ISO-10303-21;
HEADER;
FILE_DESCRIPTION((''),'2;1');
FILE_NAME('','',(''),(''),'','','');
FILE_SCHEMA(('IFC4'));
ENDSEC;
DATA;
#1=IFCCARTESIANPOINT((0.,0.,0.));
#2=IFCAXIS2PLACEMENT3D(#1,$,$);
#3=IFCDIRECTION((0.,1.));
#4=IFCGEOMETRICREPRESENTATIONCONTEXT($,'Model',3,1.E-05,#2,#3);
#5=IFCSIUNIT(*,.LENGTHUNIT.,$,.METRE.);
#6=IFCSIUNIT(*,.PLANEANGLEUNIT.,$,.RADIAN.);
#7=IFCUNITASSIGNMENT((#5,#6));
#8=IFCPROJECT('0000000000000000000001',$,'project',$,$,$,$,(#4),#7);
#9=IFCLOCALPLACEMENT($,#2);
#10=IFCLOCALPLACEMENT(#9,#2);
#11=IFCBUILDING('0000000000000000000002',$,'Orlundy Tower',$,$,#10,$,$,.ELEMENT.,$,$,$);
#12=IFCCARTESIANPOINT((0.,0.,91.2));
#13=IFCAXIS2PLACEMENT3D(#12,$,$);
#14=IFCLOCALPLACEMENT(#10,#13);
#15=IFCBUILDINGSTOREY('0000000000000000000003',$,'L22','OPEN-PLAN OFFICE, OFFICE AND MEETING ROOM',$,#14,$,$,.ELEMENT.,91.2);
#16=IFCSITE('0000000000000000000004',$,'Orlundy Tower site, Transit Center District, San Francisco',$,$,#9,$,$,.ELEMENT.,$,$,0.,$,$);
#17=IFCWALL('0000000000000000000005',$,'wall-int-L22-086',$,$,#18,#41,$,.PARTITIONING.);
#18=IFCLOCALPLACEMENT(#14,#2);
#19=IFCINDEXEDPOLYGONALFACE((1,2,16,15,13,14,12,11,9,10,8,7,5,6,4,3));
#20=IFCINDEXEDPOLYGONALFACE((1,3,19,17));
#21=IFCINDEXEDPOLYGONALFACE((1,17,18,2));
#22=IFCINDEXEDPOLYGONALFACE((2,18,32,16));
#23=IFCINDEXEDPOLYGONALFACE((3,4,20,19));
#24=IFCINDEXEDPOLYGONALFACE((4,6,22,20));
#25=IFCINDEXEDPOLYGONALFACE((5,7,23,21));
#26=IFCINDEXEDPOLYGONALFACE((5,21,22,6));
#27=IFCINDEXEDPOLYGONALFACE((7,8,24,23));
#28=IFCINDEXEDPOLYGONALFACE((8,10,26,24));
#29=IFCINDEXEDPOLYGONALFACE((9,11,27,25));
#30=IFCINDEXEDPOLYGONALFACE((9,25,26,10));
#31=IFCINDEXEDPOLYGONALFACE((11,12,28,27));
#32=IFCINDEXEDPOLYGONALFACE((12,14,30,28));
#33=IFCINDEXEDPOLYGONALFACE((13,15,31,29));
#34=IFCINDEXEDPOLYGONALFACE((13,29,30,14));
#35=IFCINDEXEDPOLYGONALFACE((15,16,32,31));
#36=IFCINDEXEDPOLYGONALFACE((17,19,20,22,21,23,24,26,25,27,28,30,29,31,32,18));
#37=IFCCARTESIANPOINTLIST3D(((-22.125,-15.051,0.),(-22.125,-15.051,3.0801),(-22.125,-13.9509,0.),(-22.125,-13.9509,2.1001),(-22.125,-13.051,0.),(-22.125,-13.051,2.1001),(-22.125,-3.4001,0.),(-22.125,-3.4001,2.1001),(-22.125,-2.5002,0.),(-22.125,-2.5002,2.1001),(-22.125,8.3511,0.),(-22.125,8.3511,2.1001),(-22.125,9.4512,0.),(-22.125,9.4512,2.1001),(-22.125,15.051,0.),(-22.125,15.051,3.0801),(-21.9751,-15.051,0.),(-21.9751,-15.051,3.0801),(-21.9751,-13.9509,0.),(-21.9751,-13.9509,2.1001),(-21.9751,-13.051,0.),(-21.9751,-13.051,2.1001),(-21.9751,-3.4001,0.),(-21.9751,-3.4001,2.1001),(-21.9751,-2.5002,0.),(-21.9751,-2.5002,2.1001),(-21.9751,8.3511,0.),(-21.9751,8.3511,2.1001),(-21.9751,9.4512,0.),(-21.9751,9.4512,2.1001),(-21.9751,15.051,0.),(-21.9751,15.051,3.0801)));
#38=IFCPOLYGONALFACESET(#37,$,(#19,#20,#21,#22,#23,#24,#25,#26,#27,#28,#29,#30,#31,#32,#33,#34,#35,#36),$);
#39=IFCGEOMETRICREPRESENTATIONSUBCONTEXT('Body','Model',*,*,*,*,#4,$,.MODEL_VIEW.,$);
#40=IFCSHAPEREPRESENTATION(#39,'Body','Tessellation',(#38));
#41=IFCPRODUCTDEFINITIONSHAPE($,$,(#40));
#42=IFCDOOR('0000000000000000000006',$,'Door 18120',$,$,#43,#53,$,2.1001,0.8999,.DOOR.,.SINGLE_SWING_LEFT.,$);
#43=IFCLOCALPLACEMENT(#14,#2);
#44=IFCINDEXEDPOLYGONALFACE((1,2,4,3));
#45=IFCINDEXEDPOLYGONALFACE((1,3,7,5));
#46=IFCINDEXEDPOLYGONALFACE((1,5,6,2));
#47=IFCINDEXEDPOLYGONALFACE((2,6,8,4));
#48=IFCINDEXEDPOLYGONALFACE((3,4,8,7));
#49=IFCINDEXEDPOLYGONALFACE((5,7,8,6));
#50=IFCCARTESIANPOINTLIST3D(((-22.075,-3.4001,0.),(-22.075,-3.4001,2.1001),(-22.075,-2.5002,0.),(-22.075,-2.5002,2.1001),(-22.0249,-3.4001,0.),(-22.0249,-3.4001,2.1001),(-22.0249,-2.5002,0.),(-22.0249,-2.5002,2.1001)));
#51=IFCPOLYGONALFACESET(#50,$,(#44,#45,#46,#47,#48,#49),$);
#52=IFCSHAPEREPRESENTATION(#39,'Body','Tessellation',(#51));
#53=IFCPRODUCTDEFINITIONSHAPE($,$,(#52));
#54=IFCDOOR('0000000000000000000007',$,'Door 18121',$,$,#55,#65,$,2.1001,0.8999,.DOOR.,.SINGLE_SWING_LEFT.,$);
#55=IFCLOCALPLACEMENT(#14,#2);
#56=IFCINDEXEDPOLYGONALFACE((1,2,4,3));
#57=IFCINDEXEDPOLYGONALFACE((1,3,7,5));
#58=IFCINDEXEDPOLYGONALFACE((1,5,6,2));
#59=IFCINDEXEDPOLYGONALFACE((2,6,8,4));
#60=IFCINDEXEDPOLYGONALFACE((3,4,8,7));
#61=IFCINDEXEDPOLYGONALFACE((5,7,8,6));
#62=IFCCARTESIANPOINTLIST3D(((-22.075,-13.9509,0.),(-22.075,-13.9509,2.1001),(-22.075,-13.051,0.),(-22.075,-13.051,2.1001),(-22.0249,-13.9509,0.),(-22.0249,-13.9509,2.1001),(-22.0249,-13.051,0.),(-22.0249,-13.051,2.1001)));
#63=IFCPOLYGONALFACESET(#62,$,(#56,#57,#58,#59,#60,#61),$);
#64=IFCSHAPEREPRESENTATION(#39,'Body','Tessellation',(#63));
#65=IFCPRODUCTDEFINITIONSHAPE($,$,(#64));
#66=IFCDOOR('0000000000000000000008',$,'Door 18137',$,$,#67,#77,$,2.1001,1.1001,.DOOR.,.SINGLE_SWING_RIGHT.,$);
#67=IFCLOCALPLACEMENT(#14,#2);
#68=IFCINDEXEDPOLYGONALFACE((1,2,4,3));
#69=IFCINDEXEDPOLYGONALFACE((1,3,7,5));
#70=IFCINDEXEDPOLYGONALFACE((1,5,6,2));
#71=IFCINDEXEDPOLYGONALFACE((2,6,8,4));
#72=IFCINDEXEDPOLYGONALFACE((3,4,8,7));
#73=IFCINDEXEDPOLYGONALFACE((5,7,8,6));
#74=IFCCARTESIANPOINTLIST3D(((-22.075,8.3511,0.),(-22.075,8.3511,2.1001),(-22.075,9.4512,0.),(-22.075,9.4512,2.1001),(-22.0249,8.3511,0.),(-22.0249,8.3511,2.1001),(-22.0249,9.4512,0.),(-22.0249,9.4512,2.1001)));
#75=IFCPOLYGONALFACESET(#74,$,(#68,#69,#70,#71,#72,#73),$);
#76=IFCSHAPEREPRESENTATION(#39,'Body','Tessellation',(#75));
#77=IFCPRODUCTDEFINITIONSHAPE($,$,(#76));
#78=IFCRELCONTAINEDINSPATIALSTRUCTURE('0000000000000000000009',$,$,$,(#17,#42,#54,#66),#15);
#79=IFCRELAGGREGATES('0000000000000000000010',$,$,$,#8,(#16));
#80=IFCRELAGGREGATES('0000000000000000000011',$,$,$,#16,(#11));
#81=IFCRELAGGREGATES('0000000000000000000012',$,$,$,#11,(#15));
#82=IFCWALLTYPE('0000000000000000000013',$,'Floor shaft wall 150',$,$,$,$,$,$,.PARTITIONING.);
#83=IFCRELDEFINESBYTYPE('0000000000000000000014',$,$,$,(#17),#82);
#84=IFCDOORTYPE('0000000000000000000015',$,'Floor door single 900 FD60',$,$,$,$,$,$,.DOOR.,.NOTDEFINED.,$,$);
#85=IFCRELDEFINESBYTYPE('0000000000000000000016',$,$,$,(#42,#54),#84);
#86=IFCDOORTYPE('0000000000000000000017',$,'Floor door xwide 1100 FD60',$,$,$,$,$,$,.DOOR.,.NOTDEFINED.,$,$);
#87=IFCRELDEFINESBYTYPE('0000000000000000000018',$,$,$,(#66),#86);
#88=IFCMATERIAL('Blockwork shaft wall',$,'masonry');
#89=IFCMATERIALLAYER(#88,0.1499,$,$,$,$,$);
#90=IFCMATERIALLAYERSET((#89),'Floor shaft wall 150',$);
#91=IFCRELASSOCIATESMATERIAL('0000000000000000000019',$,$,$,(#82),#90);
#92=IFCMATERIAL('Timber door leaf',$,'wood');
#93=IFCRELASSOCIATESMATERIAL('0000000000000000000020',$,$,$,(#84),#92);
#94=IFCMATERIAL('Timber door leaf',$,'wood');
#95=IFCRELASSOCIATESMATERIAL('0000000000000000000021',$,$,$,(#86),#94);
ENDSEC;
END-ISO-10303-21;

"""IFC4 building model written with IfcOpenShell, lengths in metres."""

from ifc_helpers import new_model, si_unit, direction, frame, frame_2d, origin, place, context, subcontext, project, spatial, rectangle, extrude, material, layer, layer_set, type_object, element, fill, save


model = new_model("IFC4")

# Units and contexts
model_context = context("Model", 3, precision=1e-05, world=origin(), true_north=direction((0.0, 1.0)))
body_context = subcontext(model_context, "Body", "Model", "MODEL_VIEW")
ifc_project = project(units=[si_unit("LENGTHUNIT", "METRE"), si_unit("PLANEANGLEUNIT", "RADIAN")], contexts=[model_context])

# Site, building, storey
site_placement = place(None, origin())
site = spatial("IfcSite", under=ifc_project, at=site_placement, Name="Orlundy Tower site, Transit Center District, San Francisco", CompositionType="ELEMENT", RefElevation=0.0)
building_placement = place(site_placement, origin())
building = spatial("IfcBuilding", under=site, at=building_placement, Name="Orlundy Tower", CompositionType="ELEMENT")
storey_placement = place(building_placement, frame((0.0, 0.0, 91.2)))
storey = spatial("IfcBuildingStorey", under=building, at=storey_placement, Name="L22", Description="OPEN-PLAN OFFICE, OFFICE AND MEETING ROOM", CompositionType="ELEMENT", Elevation=91.2)

# Shared definitions
ifc_material_1 = material(Name="Blockwork shaft wall", Category="masonry")
ifc_layer_1 = layer(ifc_material_1, 0.1499)
ifc_layer_set_1 = layer_set([ifc_layer_1], Name="Floor shaft wall 150")
wall_type_1 = type_object("IfcWallType", Name="Floor shaft wall 150", PredefinedType="PARTITIONING", material=ifc_layer_set_1)

# Wall, openings, doors
wall_1_placement = place(storey_placement, frame((-22.05, -15.051, 0.0), z_axis=(0.0, 0.0, 1.0), x_axis=(0.0, 1.0, 0.0)))
wall_1 = element("IfcWall", 1, at=wall_1_placement, inside=storey, type_object=wall_type_1, Name="wall-int-L22-086", PredefinedType="PARTITIONING", context=body_context, shape_type="SweptSolid", body=[
    extrude(rectangle(XDim=30.1021, YDim=0.1499, at=frame_2d((15.051, 0.0))), origin(), (0.0, 0.0, 1.0), 3.0801),
])
opening_1_placement = place(wall_1_placement, frame((11.6509, 0.0, 0.0)))
opening_1 = element("IfcOpeningElement", 2, at=opening_1_placement, cuts=wall_1, PredefinedType="OPENING", context=body_context, shape_type="SweptSolid", body=[
    extrude(rectangle(XDim=0.8999, YDim=2.1001, at=frame_2d((0.45, 1.05))), frame((0.0, 0.085, 0.0), z_axis=(0.0, -1.0, 0.0), x_axis=(1.0, 0.0, 0.0)), (0.0, 0.0, 1.0), 0.1699),
])
opening_2_placement = place(wall_1_placement, frame((1.1001, 0.0, 0.0)))
opening_2 = element("IfcOpeningElement", 3, at=opening_2_placement, cuts=wall_1, PredefinedType="OPENING", context=body_context, shape_type="SweptSolid", body=[
    extrude(rectangle(XDim=0.8999, YDim=2.1001, at=frame_2d((0.45, 1.05))), frame((0.0, 0.085, 0.0), z_axis=(0.0, -1.0, 0.0), x_axis=(1.0, 0.0, 0.0)), (0.0, 0.0, 1.0), 0.1699),
])
opening_3_placement = place(wall_1_placement, frame((23.4021, 0.0, 0.0)))
opening_3 = element("IfcOpeningElement", 4, at=opening_3_placement, cuts=wall_1, PredefinedType="OPENING", context=body_context, shape_type="SweptSolid", body=[
    extrude(rectangle(XDim=1.1001, YDim=2.1001, at=frame_2d((0.55, 1.05))), frame((0.0, 0.085, 0.0), z_axis=(0.0, -1.0, 0.0), x_axis=(1.0, 0.0, 0.0)), (0.0, 0.0, 1.0), 0.1699),
])
ifc_material_2 = material(Name="Timber door leaf", Category="wood")
door_type_1 = type_object("IfcDoorType", Name="Floor door single 900 FD60", OperationType="NOTDEFINED", PredefinedType="DOOR", material=ifc_material_2)
door_1_placement = place(opening_1_placement, origin())
door_1 = element("IfcDoor", 5, at=door_1_placement, inside=storey, type_object=door_type_1, Name="Door 18120", OperationType="SINGLE_SWING_LEFT", OverallHeight=2.1001, OverallWidth=0.8999, PredefinedType="DOOR", context=body_context, shape_type="SweptSolid", body=[
    extrude(rectangle(XDim=0.8999, YDim=2.1001, at=frame_2d((0.45, 1.05))), frame((0.0, 0.0249, 0.0), z_axis=(0.0, -1.0, 0.0), x_axis=(1.0, 0.0, 0.0)), (0.0, 0.0, 1.0), 0.05),
])
fill(opening_1, door_1)
door_2_placement = place(opening_2_placement, origin())
door_2 = element("IfcDoor", 6, at=door_2_placement, inside=storey, type_object=door_type_1, Name="Door 18121", OperationType="SINGLE_SWING_LEFT", OverallHeight=2.1001, OverallWidth=0.8999, PredefinedType="DOOR", context=body_context, shape_type="SweptSolid", body=[
    extrude(rectangle(XDim=0.8999, YDim=2.1001, at=frame_2d((0.45, 1.05))), frame((0.0, 0.0249, 0.0), z_axis=(0.0, -1.0, 0.0), x_axis=(1.0, 0.0, 0.0)), (0.0, 0.0, 1.0), 0.05),
])
fill(opening_2, door_2)
ifc_material_3 = material(Name="Timber door leaf", Category="wood")
door_type_2 = type_object("IfcDoorType", Name="Floor door xwide 1100 FD60", OperationType="NOTDEFINED", PredefinedType="DOOR", material=ifc_material_3)
door_3_placement = place(opening_3_placement, origin())
door_3 = element("IfcDoor", 7, at=door_3_placement, inside=storey, type_object=door_type_2, Name="Door 18137", OperationType="SINGLE_SWING_RIGHT", OverallHeight=2.1001, OverallWidth=1.1001, PredefinedType="DOOR", context=body_context, shape_type="SweptSolid", body=[
    extrude(rectangle(XDim=1.1001, YDim=2.1001, at=frame_2d((0.55, 1.05))), frame((0.0, 0.0249, 0.0), z_axis=(0.0, -1.0, 0.0), x_axis=(1.0, 0.0, 0.0)), (0.0, 0.0, 1.0), 0.05),
])
fill(opening_3, door_3)

save(model, "model.ifc")
